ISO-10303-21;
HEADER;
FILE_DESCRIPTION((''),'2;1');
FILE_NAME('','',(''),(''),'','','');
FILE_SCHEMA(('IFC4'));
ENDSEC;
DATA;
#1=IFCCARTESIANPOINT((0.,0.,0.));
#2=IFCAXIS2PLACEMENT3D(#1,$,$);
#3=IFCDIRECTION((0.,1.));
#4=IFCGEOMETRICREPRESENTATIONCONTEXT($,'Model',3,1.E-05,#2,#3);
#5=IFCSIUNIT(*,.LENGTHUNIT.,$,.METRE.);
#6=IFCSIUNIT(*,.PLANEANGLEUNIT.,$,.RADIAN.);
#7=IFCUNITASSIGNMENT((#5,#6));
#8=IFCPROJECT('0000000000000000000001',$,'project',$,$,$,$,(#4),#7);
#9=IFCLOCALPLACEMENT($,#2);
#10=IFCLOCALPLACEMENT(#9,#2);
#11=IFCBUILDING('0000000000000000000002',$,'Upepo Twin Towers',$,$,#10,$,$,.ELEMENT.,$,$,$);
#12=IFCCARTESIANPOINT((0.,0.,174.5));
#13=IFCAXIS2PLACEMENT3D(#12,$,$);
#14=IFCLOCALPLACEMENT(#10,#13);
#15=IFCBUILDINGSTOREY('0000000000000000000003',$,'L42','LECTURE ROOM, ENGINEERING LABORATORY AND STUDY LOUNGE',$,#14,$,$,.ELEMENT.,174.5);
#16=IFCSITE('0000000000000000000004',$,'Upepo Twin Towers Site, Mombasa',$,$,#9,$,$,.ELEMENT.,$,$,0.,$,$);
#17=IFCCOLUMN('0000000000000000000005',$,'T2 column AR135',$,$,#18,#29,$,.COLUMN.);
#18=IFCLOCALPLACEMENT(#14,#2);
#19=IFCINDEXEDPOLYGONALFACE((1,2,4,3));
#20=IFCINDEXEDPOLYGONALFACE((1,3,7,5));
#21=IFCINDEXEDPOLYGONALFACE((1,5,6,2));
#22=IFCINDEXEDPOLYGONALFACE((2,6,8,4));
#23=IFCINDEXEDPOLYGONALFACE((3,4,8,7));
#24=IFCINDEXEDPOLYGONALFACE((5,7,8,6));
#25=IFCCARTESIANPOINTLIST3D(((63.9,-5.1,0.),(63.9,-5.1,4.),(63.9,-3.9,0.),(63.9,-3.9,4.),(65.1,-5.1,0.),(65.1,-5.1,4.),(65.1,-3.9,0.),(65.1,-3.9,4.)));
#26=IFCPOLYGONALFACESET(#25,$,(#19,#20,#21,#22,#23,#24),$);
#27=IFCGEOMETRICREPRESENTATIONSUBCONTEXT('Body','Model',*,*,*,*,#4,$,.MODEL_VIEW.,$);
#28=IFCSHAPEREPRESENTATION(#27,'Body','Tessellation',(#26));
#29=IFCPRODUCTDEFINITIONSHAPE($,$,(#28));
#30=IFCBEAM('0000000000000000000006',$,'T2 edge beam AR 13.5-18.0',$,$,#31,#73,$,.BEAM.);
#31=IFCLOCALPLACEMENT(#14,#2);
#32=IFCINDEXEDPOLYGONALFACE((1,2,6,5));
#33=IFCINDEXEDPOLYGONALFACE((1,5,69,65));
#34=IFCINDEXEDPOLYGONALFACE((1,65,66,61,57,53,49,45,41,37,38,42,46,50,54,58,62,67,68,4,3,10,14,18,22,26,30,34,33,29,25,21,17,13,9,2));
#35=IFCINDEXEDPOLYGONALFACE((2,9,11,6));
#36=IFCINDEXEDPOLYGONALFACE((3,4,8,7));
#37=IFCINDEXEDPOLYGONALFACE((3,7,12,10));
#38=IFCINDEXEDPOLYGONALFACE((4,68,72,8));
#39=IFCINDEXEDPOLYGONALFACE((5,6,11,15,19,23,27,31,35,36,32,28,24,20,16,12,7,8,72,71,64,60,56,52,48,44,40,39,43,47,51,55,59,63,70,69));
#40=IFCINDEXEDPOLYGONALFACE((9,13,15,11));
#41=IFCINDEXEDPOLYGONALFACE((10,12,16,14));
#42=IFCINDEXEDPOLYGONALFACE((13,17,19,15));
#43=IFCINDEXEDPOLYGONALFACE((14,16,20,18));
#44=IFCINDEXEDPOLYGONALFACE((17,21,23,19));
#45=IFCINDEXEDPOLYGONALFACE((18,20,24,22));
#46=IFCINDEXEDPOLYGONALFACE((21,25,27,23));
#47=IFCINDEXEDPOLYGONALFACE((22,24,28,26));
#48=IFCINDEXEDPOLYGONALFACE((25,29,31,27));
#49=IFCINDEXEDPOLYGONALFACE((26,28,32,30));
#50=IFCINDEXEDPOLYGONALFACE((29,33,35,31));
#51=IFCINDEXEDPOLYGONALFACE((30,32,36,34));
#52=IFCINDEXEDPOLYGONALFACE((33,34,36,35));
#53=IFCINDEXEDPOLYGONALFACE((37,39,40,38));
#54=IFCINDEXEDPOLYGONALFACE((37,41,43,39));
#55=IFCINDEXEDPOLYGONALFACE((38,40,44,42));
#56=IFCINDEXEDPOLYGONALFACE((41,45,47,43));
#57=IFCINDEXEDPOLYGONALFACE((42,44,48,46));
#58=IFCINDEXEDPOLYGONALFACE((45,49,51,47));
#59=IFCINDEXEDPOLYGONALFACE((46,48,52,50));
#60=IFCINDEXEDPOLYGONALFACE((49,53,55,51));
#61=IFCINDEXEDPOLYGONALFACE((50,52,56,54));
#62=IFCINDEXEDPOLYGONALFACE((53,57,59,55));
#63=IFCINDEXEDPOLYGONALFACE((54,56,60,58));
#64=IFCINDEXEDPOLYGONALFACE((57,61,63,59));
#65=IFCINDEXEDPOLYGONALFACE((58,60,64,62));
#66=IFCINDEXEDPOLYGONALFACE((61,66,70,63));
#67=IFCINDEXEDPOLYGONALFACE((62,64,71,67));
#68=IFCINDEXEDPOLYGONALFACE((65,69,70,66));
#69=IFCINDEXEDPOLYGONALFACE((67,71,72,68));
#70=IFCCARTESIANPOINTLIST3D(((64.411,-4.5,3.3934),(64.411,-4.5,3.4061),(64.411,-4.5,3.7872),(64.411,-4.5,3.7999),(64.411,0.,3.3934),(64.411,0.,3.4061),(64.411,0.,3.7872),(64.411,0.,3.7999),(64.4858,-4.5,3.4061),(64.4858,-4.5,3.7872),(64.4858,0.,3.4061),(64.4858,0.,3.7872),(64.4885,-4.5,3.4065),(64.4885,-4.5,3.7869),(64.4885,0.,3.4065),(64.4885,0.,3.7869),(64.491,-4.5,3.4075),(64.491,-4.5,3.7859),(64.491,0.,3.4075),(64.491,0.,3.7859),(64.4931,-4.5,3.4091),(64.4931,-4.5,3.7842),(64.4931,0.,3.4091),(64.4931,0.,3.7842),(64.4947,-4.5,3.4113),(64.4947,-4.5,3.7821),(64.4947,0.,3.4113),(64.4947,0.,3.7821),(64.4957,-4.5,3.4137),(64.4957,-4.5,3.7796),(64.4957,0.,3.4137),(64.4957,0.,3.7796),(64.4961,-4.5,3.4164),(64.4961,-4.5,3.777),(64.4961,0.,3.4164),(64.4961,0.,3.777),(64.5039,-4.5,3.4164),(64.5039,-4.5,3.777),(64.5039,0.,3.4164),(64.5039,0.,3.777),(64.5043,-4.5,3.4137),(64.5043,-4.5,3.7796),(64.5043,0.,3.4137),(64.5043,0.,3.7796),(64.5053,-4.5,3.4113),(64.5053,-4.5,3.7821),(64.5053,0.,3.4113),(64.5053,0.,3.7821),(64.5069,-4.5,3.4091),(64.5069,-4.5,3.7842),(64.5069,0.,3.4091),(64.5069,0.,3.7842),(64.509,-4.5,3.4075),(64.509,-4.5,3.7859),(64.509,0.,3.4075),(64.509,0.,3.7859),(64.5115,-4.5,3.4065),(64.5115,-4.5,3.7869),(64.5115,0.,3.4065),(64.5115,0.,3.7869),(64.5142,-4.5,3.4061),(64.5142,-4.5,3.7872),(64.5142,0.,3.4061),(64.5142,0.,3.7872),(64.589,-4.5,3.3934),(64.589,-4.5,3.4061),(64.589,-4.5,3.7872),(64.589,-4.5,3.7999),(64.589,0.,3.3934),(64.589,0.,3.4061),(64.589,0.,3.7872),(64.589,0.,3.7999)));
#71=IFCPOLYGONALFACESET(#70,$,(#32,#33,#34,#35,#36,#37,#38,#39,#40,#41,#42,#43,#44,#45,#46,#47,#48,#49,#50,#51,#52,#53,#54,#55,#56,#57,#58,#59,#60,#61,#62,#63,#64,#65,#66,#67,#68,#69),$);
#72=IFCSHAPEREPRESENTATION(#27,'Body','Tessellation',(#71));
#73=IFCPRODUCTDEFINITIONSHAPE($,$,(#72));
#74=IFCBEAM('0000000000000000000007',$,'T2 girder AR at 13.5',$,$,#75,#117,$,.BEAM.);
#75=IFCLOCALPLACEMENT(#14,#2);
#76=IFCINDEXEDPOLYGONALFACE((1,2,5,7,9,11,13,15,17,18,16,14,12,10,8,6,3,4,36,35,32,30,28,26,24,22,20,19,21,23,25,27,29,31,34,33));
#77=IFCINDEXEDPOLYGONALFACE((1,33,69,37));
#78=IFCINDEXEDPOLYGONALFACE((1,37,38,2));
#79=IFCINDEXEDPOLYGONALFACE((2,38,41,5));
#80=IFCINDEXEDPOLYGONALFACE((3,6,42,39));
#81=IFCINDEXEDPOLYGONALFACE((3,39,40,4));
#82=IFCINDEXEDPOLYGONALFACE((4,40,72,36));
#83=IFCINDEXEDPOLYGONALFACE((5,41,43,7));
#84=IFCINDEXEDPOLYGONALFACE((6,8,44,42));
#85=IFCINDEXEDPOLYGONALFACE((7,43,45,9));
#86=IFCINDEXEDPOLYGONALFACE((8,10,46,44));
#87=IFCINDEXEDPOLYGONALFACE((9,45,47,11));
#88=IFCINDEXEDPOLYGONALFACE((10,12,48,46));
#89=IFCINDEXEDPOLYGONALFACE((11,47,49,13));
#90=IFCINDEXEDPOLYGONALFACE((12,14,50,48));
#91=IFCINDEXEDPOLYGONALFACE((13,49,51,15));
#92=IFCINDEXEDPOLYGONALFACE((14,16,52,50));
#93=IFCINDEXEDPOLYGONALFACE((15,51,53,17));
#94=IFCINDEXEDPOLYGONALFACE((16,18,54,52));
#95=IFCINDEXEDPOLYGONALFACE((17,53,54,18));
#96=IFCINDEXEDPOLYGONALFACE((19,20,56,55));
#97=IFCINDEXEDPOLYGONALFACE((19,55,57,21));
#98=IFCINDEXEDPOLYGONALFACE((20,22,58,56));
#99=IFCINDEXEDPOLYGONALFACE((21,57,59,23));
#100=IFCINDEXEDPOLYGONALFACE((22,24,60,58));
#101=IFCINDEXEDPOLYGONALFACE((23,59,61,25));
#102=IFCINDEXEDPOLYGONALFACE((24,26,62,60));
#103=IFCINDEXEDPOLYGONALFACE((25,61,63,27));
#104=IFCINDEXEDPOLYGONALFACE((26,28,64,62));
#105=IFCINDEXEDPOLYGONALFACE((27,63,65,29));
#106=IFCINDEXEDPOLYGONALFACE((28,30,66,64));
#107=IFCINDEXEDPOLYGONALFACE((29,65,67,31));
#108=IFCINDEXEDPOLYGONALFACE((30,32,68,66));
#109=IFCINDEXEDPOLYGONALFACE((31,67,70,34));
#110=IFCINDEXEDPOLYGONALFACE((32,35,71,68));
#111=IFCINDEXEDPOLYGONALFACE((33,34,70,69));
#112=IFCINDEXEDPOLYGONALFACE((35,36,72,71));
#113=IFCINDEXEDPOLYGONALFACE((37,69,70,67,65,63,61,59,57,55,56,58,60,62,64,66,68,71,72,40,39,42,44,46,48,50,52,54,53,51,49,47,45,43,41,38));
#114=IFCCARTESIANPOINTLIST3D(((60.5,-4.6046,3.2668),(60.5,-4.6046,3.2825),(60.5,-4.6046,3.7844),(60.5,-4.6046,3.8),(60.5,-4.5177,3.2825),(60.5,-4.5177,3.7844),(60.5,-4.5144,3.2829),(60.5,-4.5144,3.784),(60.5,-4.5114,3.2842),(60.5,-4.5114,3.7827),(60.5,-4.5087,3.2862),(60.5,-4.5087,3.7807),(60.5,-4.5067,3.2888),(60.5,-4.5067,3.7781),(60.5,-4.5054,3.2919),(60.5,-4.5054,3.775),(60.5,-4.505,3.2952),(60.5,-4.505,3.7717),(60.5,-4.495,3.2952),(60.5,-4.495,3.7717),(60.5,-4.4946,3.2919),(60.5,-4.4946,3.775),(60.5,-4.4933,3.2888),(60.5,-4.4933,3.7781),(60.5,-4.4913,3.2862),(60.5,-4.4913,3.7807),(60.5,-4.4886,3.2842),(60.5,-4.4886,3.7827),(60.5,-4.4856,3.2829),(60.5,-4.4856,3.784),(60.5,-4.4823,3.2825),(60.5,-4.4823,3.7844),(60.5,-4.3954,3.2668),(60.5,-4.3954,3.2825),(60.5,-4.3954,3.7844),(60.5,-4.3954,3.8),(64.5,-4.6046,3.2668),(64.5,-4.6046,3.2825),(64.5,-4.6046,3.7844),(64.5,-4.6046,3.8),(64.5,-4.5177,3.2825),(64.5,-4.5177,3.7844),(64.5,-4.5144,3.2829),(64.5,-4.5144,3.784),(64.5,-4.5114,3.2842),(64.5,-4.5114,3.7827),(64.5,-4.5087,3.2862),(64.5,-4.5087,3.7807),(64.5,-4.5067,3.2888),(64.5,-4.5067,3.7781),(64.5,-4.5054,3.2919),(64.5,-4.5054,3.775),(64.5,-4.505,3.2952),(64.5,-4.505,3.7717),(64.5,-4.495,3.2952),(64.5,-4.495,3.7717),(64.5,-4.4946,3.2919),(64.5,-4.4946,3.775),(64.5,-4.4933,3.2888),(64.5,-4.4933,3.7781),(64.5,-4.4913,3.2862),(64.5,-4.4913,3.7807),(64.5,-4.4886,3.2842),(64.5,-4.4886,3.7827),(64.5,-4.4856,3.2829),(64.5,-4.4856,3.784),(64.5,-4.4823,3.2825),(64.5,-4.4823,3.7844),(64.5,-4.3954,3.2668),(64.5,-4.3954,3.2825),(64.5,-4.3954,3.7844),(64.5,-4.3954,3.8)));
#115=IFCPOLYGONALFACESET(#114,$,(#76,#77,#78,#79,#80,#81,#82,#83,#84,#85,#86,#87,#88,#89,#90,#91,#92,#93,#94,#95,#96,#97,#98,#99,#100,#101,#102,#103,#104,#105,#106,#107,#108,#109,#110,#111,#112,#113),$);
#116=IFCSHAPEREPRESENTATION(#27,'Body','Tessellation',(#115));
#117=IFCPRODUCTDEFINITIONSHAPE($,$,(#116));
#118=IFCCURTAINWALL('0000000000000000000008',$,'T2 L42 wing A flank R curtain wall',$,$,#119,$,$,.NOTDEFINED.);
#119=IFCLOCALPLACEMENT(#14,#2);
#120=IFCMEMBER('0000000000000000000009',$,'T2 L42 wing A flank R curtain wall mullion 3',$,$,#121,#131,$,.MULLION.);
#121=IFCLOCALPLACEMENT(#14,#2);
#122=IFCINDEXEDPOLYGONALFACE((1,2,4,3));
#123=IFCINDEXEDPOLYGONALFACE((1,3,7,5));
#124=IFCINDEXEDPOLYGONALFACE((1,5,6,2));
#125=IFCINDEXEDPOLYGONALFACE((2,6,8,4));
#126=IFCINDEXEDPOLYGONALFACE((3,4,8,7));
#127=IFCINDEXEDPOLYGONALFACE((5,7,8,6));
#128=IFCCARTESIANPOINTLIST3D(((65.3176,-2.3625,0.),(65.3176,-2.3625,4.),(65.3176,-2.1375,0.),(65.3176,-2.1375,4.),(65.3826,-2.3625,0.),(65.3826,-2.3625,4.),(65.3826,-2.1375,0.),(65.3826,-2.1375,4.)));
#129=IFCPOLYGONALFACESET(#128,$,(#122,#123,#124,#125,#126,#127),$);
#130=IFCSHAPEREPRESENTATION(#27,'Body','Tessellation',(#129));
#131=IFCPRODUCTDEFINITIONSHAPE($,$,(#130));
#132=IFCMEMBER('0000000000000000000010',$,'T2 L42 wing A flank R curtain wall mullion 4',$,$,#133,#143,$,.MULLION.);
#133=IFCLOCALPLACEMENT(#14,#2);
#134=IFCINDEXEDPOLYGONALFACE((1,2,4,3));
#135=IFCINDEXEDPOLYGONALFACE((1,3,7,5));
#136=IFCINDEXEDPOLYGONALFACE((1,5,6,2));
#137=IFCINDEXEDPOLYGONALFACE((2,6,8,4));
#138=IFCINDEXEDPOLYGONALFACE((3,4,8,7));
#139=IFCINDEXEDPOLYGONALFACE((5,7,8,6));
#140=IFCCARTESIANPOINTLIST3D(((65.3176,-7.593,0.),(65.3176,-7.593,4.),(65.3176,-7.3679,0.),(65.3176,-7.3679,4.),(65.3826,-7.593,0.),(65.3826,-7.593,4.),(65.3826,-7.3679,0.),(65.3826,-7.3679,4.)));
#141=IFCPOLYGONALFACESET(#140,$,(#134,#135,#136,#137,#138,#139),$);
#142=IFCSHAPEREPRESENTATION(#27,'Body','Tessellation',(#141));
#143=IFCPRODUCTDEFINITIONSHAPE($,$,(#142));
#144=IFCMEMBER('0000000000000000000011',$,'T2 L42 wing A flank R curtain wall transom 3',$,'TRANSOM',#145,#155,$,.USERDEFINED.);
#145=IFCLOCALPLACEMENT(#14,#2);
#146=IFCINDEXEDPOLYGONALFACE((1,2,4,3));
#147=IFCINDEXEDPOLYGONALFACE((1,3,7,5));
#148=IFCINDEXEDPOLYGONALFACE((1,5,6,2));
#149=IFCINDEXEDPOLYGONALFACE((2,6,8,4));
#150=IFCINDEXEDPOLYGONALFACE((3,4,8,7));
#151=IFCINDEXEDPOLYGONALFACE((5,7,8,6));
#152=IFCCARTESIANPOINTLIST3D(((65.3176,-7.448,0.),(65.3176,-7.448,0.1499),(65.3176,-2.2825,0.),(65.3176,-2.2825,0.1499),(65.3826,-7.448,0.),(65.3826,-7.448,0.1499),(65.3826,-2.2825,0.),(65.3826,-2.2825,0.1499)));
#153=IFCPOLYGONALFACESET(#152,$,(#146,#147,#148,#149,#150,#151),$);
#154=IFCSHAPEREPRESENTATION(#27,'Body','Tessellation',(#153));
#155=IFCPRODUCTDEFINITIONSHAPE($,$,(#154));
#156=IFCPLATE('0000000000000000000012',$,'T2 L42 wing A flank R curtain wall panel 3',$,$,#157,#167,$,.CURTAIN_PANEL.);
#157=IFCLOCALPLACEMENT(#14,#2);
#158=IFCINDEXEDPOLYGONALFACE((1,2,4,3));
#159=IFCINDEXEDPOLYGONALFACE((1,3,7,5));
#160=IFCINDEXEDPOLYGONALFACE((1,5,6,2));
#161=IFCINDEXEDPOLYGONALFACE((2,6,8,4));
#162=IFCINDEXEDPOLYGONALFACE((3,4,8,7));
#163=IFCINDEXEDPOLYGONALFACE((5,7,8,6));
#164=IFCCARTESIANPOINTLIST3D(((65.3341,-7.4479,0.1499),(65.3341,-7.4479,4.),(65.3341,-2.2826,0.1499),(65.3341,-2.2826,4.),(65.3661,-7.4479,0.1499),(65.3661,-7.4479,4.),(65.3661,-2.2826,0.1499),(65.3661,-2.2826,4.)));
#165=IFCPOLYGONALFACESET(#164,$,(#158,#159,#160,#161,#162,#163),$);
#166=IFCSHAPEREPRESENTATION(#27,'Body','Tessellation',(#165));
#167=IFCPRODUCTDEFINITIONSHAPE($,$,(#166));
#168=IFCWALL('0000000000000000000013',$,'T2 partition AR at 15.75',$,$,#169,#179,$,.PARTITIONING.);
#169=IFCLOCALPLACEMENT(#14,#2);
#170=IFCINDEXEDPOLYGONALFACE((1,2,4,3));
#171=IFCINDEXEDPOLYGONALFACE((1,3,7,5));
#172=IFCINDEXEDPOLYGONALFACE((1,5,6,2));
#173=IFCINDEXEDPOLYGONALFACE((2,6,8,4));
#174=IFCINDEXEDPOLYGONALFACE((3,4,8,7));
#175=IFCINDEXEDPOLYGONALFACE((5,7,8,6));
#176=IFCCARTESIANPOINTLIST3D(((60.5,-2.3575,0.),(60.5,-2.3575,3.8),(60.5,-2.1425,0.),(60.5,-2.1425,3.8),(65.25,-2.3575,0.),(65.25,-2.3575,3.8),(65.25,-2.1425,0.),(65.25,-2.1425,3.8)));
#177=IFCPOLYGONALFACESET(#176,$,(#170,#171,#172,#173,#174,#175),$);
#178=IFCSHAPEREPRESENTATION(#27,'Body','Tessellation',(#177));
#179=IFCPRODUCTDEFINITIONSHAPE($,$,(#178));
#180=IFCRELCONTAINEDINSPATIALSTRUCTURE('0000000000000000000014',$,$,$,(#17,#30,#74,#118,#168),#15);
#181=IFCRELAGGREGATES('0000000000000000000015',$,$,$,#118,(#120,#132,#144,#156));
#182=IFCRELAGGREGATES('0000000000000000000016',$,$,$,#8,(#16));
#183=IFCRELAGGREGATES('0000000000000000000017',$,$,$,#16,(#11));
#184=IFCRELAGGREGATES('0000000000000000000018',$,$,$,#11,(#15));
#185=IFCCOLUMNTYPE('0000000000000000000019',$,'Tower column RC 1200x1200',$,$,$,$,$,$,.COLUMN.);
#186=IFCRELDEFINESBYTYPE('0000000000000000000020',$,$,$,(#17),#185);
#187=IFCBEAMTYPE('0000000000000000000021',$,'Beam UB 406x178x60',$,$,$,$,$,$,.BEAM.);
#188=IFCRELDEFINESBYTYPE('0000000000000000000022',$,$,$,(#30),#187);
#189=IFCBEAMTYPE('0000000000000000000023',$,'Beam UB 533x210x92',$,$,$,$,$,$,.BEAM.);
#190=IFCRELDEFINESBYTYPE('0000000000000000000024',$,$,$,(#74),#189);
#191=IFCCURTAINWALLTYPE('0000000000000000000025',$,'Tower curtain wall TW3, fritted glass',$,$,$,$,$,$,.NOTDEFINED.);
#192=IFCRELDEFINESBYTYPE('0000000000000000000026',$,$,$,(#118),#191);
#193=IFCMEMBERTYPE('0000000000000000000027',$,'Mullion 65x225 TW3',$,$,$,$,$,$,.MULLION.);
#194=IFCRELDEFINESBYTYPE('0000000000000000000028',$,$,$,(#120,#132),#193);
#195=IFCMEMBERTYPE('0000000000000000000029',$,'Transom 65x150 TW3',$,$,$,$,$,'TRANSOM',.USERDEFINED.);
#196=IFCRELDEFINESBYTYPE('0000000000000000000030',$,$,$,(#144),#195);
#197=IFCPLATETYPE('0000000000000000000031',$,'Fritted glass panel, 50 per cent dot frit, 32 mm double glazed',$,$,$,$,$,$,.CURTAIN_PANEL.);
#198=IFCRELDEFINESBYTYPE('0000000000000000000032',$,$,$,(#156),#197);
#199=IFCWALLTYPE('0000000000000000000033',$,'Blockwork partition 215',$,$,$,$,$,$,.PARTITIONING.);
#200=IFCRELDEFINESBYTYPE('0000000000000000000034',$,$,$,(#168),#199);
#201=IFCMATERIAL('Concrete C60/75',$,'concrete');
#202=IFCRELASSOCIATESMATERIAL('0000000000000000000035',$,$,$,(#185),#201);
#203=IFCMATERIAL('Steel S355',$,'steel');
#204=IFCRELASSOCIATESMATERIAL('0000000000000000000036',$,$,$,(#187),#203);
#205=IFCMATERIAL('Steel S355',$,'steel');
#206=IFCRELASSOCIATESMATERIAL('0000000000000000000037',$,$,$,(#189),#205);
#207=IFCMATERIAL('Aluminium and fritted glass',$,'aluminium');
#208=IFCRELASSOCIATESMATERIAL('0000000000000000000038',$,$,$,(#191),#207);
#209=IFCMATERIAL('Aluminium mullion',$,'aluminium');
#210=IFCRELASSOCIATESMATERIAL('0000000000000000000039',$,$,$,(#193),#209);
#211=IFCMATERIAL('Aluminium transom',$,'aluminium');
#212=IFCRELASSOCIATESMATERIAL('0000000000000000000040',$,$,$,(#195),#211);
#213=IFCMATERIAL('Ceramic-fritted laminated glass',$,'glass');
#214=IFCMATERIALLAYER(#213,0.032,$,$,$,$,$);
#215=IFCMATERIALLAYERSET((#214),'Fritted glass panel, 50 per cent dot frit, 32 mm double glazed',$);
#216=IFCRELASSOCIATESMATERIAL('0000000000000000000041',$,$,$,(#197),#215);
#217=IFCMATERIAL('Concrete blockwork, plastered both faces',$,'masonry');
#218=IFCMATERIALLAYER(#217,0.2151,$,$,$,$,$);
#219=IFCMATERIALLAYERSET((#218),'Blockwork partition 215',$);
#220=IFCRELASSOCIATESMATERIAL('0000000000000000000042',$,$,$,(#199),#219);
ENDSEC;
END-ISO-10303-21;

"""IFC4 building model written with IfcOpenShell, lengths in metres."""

from ifc_helpers import new_model, si_unit, direction, frame, frame_2d, origin, origin_2d, place, context, subcontext, project, spatial, rectangle, i_section, extrude, material, layer, layer_set, material_profile, profile_set, type_object, element, aggregate, save


model = new_model("IFC4")

# Units and contexts
model_context = context("Model", 3, precision=1e-05, world=origin(), true_north=direction((0.0, 1.0)))
body_context = subcontext(model_context, "Body", "Model", "MODEL_VIEW")
ifc_project = project(units=[si_unit("LENGTHUNIT", "METRE"), si_unit("PLANEANGLEUNIT", "RADIAN")], contexts=[model_context])

# Site, building, storey
site_placement = place(None, origin())
site = spatial("IfcSite", under=ifc_project, at=site_placement, Name="Upepo Twin Towers Site, Mombasa", CompositionType="ELEMENT", RefElevation=0.0)
building_placement = place(site_placement, origin())
building = spatial("IfcBuilding", under=site, at=building_placement, Name="Upepo Twin Towers", CompositionType="ELEMENT")
storey_placement = place(building_placement, frame((0.0, 0.0, 174.5)))
storey = spatial("IfcBuildingStorey", under=building, at=storey_placement, Name="L42", Description="LECTURE ROOM, ENGINEERING LABORATORY AND STUDY LOUNGE", CompositionType="ELEMENT", Elevation=174.5)

# Column
ifc_material_1 = material(Name="Concrete C60/75", Category="concrete")
ifc_material_profile_1 = material_profile(ifc_material_1, rectangle(XDim=1.2, YDim=1.2, at=origin_2d()), Name="RC 1200x1200")
ifc_profile_set_1 = profile_set([ifc_material_profile_1], Name="Concrete C60/75")
column_type = type_object("IfcColumnType", Name="Tower column RC 1200x1200", PredefinedType="COLUMN", material=ifc_profile_set_1)
column_placement = place(storey_placement, frame((64.5, -4.5, 0.0), z_axis=(0.0, 0.0, 1.0), x_axis=(1.0, 0.0, 0.0)))
element("IfcColumn", 1, at=column_placement, inside=storey, type_object=column_type, Name="T2 column AR135", PredefinedType="COLUMN", context=body_context, shape_type="SweptSolid", body=[
    extrude(rectangle(XDim=1.2, YDim=1.2, at=origin_2d()), origin(), (0.0, 0.0, 1.0), 4.0),
])

# Beams
ifc_material_2 = material(Name="Steel S355", Category="steel")
ifc_material_profile_2 = material_profile(ifc_material_2, i_section(OverallWidth=0.178, OverallDepth=0.4065, WebThickness=0.0078, FlangeThickness=0.0127, FilletRadius=0.0103, at=origin_2d()), Name="UB 406x178x60")
ifc_profile_set_2 = profile_set([ifc_material_profile_2], Name="Steel S355")
beam_type_1 = type_object("IfcBeamType", Name="Beam UB 406x178x60", PredefinedType="BEAM", material=ifc_profile_set_2)
beam_1_placement = place(storey_placement, frame((64.5, -4.5, 3.5967), z_axis=(0.0, 1.0, 0.0), x_axis=(-1.0, 0.0, 0.0)))
element("IfcBeam", 2, at=beam_1_placement, inside=storey, type_object=beam_type_1, Name="T2 edge beam AR 13.5-18.0", PredefinedType="BEAM", context=body_context, shape_type="SweptSolid", body=[
    extrude(i_section(OverallWidth=0.178, OverallDepth=0.4065, WebThickness=0.0078, FlangeThickness=0.0127, FilletRadius=0.0103, at=origin_2d()), origin(), (0.0, 0.0, 1.0), 4.5),
])
ifc_material_3 = material(Name="Steel S355", Category="steel")
ifc_material_profile_3 = material_profile(ifc_material_3, i_section(OverallWidth=0.2092, OverallDepth=0.5332, WebThickness=0.01, FlangeThickness=0.0156, FilletRadius=0.0127, at=origin_2d()), Name="UB 533x210x92")
ifc_profile_set_3 = profile_set([ifc_material_profile_3], Name="Steel S355")
beam_type_2 = type_object("IfcBeamType", Name="Beam UB 533x210x92", PredefinedType="BEAM", material=ifc_profile_set_3)
beam_2_placement = place(storey_placement, frame((64.5, -4.5, 3.5334), z_axis=(-1.0, 0.0, 0.0), x_axis=(0.0, -1.0, 0.0)))
element("IfcBeam", 3, at=beam_2_placement, inside=storey, type_object=beam_type_2, Name="T2 girder AR at 13.5", PredefinedType="BEAM", context=body_context, shape_type="SweptSolid", body=[
    extrude(i_section(OverallWidth=0.2092, OverallDepth=0.5332, WebThickness=0.01, FlangeThickness=0.0156, FilletRadius=0.0127, at=origin_2d()), origin(), (0.0, 0.0, 1.0), 4.0),
])

# Curtain wall, members, plate
ifc_material_4 = material(Name="Aluminium and fritted glass", Category="aluminium")
curtain_wall_type = type_object("IfcCurtainWallType", Name="Tower curtain wall TW3, fritted glass", PredefinedType="NOTDEFINED", material=ifc_material_4)
curtain_wall_placement = place(storey_placement, origin())
curtain_wall = element("IfcCurtainWall", 4, at=curtain_wall_placement, inside=storey, type_object=curtain_wall_type, Name="T2 L42 wing A flank R curtain wall", PredefinedType="NOTDEFINED")
ifc_material_5 = material(Name="Aluminium mullion", Category="aluminium")
ifc_material_profile_4 = material_profile(ifc_material_5, rectangle(XDim=0.0649, YDim=0.2251, at=origin_2d()), Name="MULLION 65x225")
ifc_profile_set_4 = profile_set([ifc_material_profile_4], Name="Aluminium mullion")
member_type_1 = type_object("IfcMemberType", Name="Mullion 65x225 TW3", PredefinedType="MULLION", material=ifc_profile_set_4)
member_1_placement = place(storey_placement, frame((65.3501, -2.25, 0.0), z_axis=(0.0, 0.0, 1.0), x_axis=(1.0, 0.0, 0.0)))
member_1 = element("IfcMember", 5, at=member_1_placement, type_object=member_type_1, Name="T2 L42 wing A flank R curtain wall mullion 3", PredefinedType="MULLION", context=body_context, shape_type="SweptSolid", body=[
    extrude(rectangle(XDim=0.0649, YDim=0.2251, at=origin_2d()), origin(), (0.0, 0.0, 1.0), 4.0),
])
member_2_placement = place(storey_placement, frame((65.3501, -7.4805, 0.0), z_axis=(0.0, 0.0, 1.0), x_axis=(1.0, 0.0, 0.0)))
member_2 = element("IfcMember", 6, at=member_2_placement, type_object=member_type_1, Name="T2 L42 wing A flank R curtain wall mullion 4", PredefinedType="MULLION", context=body_context, shape_type="SweptSolid", body=[
    extrude(rectangle(XDim=0.0649, YDim=0.2251, at=origin_2d()), origin(), (0.0, 0.0, 1.0), 4.0),
])
ifc_material_6 = material(Name="Aluminium transom", Category="aluminium")
ifc_material_profile_5 = material_profile(ifc_material_6, rectangle(XDim=0.0649, YDim=0.1499, at=origin_2d()), Name="TRANSOM 65x150")
ifc_profile_set_5 = profile_set([ifc_material_profile_5], Name="Aluminium transom")
member_type_2 = type_object("IfcMemberType", Name="Transom 65x150 TW3", ElementType="TRANSOM", PredefinedType="USERDEFINED", material=ifc_profile_set_5)
member_3_placement = place(storey_placement, frame((65.3501, -2.2825, 0.075), z_axis=(0.0, -1.0, 0.0), x_axis=(1.0, 0.0, 0.0)))
member_3 = element("IfcMember", 7, at=member_3_placement, type_object=member_type_2, Name="T2 L42 wing A flank R curtain wall transom 3", ObjectType="TRANSOM", PredefinedType="USERDEFINED", context=body_context, shape_type="SweptSolid", body=[
    extrude(rectangle(XDim=0.0649, YDim=0.1499, at=origin_2d()), origin(), (0.0, 0.0, 1.0), 5.1655),
])
ifc_material_7 = material(Name="Ceramic-fritted laminated glass", Category="glass")
ifc_layer_1 = layer(ifc_material_7, 0.032)
ifc_layer_set_1 = layer_set([ifc_layer_1], Name="Fritted glass panel, 50 per cent dot frit, 32 mm double glazed")
plate_type = type_object("IfcPlateType", Name="Fritted glass panel, 50 per cent dot frit, 32 mm double glazed", PredefinedType="CURTAIN_PANEL", material=ifc_layer_set_1)
plate_placement = place(storey_placement, frame((65.3501, -4.8652, 0.1499), z_axis=(0.0, 0.0, 1.0), x_axis=(0.0, -1.0, 0.0)))
plate = element("IfcPlate", 8, at=plate_placement, type_object=plate_type, Name="T2 L42 wing A flank R curtain wall panel 3", PredefinedType="CURTAIN_PANEL", context=body_context, shape_type="SweptSolid", body=[
    extrude(rectangle(XDim=5.1653, YDim=0.032, at=origin_2d()), origin(), (0.0, 0.0, 1.0), 3.8501),
])
aggregate(curtain_wall, [member_1, member_2, member_3, plate])

# Wall
ifc_material_8 = material(Name="Concrete blockwork, plastered both faces", Category="masonry")
ifc_layer_2 = layer(ifc_material_8, 0.2151)
ifc_layer_set_2 = layer_set([ifc_layer_2], Name="Blockwork partition 215")
wall_type_1 = type_object("IfcWallType", Name="Blockwork partition 215", PredefinedType="PARTITIONING", material=ifc_layer_set_2)
wall_1_placement = place(storey_placement, frame((60.5, -2.25, 0.0), z_axis=(0.0, 0.0, 1.0), x_axis=(1.0, 0.0, 0.0)))
element("IfcWall", 9, at=wall_1_placement, inside=storey, type_object=wall_type_1, Name="T2 partition AR at 15.75", PredefinedType="PARTITIONING", context=body_context, shape_type="SweptSolid", body=[
    extrude(rectangle(XDim=4.75, YDim=0.2151, at=frame_2d((2.375, 0.0))), origin(), (0.0, 0.0, 1.0), 3.8),
])

save(model, "model.ifc")
